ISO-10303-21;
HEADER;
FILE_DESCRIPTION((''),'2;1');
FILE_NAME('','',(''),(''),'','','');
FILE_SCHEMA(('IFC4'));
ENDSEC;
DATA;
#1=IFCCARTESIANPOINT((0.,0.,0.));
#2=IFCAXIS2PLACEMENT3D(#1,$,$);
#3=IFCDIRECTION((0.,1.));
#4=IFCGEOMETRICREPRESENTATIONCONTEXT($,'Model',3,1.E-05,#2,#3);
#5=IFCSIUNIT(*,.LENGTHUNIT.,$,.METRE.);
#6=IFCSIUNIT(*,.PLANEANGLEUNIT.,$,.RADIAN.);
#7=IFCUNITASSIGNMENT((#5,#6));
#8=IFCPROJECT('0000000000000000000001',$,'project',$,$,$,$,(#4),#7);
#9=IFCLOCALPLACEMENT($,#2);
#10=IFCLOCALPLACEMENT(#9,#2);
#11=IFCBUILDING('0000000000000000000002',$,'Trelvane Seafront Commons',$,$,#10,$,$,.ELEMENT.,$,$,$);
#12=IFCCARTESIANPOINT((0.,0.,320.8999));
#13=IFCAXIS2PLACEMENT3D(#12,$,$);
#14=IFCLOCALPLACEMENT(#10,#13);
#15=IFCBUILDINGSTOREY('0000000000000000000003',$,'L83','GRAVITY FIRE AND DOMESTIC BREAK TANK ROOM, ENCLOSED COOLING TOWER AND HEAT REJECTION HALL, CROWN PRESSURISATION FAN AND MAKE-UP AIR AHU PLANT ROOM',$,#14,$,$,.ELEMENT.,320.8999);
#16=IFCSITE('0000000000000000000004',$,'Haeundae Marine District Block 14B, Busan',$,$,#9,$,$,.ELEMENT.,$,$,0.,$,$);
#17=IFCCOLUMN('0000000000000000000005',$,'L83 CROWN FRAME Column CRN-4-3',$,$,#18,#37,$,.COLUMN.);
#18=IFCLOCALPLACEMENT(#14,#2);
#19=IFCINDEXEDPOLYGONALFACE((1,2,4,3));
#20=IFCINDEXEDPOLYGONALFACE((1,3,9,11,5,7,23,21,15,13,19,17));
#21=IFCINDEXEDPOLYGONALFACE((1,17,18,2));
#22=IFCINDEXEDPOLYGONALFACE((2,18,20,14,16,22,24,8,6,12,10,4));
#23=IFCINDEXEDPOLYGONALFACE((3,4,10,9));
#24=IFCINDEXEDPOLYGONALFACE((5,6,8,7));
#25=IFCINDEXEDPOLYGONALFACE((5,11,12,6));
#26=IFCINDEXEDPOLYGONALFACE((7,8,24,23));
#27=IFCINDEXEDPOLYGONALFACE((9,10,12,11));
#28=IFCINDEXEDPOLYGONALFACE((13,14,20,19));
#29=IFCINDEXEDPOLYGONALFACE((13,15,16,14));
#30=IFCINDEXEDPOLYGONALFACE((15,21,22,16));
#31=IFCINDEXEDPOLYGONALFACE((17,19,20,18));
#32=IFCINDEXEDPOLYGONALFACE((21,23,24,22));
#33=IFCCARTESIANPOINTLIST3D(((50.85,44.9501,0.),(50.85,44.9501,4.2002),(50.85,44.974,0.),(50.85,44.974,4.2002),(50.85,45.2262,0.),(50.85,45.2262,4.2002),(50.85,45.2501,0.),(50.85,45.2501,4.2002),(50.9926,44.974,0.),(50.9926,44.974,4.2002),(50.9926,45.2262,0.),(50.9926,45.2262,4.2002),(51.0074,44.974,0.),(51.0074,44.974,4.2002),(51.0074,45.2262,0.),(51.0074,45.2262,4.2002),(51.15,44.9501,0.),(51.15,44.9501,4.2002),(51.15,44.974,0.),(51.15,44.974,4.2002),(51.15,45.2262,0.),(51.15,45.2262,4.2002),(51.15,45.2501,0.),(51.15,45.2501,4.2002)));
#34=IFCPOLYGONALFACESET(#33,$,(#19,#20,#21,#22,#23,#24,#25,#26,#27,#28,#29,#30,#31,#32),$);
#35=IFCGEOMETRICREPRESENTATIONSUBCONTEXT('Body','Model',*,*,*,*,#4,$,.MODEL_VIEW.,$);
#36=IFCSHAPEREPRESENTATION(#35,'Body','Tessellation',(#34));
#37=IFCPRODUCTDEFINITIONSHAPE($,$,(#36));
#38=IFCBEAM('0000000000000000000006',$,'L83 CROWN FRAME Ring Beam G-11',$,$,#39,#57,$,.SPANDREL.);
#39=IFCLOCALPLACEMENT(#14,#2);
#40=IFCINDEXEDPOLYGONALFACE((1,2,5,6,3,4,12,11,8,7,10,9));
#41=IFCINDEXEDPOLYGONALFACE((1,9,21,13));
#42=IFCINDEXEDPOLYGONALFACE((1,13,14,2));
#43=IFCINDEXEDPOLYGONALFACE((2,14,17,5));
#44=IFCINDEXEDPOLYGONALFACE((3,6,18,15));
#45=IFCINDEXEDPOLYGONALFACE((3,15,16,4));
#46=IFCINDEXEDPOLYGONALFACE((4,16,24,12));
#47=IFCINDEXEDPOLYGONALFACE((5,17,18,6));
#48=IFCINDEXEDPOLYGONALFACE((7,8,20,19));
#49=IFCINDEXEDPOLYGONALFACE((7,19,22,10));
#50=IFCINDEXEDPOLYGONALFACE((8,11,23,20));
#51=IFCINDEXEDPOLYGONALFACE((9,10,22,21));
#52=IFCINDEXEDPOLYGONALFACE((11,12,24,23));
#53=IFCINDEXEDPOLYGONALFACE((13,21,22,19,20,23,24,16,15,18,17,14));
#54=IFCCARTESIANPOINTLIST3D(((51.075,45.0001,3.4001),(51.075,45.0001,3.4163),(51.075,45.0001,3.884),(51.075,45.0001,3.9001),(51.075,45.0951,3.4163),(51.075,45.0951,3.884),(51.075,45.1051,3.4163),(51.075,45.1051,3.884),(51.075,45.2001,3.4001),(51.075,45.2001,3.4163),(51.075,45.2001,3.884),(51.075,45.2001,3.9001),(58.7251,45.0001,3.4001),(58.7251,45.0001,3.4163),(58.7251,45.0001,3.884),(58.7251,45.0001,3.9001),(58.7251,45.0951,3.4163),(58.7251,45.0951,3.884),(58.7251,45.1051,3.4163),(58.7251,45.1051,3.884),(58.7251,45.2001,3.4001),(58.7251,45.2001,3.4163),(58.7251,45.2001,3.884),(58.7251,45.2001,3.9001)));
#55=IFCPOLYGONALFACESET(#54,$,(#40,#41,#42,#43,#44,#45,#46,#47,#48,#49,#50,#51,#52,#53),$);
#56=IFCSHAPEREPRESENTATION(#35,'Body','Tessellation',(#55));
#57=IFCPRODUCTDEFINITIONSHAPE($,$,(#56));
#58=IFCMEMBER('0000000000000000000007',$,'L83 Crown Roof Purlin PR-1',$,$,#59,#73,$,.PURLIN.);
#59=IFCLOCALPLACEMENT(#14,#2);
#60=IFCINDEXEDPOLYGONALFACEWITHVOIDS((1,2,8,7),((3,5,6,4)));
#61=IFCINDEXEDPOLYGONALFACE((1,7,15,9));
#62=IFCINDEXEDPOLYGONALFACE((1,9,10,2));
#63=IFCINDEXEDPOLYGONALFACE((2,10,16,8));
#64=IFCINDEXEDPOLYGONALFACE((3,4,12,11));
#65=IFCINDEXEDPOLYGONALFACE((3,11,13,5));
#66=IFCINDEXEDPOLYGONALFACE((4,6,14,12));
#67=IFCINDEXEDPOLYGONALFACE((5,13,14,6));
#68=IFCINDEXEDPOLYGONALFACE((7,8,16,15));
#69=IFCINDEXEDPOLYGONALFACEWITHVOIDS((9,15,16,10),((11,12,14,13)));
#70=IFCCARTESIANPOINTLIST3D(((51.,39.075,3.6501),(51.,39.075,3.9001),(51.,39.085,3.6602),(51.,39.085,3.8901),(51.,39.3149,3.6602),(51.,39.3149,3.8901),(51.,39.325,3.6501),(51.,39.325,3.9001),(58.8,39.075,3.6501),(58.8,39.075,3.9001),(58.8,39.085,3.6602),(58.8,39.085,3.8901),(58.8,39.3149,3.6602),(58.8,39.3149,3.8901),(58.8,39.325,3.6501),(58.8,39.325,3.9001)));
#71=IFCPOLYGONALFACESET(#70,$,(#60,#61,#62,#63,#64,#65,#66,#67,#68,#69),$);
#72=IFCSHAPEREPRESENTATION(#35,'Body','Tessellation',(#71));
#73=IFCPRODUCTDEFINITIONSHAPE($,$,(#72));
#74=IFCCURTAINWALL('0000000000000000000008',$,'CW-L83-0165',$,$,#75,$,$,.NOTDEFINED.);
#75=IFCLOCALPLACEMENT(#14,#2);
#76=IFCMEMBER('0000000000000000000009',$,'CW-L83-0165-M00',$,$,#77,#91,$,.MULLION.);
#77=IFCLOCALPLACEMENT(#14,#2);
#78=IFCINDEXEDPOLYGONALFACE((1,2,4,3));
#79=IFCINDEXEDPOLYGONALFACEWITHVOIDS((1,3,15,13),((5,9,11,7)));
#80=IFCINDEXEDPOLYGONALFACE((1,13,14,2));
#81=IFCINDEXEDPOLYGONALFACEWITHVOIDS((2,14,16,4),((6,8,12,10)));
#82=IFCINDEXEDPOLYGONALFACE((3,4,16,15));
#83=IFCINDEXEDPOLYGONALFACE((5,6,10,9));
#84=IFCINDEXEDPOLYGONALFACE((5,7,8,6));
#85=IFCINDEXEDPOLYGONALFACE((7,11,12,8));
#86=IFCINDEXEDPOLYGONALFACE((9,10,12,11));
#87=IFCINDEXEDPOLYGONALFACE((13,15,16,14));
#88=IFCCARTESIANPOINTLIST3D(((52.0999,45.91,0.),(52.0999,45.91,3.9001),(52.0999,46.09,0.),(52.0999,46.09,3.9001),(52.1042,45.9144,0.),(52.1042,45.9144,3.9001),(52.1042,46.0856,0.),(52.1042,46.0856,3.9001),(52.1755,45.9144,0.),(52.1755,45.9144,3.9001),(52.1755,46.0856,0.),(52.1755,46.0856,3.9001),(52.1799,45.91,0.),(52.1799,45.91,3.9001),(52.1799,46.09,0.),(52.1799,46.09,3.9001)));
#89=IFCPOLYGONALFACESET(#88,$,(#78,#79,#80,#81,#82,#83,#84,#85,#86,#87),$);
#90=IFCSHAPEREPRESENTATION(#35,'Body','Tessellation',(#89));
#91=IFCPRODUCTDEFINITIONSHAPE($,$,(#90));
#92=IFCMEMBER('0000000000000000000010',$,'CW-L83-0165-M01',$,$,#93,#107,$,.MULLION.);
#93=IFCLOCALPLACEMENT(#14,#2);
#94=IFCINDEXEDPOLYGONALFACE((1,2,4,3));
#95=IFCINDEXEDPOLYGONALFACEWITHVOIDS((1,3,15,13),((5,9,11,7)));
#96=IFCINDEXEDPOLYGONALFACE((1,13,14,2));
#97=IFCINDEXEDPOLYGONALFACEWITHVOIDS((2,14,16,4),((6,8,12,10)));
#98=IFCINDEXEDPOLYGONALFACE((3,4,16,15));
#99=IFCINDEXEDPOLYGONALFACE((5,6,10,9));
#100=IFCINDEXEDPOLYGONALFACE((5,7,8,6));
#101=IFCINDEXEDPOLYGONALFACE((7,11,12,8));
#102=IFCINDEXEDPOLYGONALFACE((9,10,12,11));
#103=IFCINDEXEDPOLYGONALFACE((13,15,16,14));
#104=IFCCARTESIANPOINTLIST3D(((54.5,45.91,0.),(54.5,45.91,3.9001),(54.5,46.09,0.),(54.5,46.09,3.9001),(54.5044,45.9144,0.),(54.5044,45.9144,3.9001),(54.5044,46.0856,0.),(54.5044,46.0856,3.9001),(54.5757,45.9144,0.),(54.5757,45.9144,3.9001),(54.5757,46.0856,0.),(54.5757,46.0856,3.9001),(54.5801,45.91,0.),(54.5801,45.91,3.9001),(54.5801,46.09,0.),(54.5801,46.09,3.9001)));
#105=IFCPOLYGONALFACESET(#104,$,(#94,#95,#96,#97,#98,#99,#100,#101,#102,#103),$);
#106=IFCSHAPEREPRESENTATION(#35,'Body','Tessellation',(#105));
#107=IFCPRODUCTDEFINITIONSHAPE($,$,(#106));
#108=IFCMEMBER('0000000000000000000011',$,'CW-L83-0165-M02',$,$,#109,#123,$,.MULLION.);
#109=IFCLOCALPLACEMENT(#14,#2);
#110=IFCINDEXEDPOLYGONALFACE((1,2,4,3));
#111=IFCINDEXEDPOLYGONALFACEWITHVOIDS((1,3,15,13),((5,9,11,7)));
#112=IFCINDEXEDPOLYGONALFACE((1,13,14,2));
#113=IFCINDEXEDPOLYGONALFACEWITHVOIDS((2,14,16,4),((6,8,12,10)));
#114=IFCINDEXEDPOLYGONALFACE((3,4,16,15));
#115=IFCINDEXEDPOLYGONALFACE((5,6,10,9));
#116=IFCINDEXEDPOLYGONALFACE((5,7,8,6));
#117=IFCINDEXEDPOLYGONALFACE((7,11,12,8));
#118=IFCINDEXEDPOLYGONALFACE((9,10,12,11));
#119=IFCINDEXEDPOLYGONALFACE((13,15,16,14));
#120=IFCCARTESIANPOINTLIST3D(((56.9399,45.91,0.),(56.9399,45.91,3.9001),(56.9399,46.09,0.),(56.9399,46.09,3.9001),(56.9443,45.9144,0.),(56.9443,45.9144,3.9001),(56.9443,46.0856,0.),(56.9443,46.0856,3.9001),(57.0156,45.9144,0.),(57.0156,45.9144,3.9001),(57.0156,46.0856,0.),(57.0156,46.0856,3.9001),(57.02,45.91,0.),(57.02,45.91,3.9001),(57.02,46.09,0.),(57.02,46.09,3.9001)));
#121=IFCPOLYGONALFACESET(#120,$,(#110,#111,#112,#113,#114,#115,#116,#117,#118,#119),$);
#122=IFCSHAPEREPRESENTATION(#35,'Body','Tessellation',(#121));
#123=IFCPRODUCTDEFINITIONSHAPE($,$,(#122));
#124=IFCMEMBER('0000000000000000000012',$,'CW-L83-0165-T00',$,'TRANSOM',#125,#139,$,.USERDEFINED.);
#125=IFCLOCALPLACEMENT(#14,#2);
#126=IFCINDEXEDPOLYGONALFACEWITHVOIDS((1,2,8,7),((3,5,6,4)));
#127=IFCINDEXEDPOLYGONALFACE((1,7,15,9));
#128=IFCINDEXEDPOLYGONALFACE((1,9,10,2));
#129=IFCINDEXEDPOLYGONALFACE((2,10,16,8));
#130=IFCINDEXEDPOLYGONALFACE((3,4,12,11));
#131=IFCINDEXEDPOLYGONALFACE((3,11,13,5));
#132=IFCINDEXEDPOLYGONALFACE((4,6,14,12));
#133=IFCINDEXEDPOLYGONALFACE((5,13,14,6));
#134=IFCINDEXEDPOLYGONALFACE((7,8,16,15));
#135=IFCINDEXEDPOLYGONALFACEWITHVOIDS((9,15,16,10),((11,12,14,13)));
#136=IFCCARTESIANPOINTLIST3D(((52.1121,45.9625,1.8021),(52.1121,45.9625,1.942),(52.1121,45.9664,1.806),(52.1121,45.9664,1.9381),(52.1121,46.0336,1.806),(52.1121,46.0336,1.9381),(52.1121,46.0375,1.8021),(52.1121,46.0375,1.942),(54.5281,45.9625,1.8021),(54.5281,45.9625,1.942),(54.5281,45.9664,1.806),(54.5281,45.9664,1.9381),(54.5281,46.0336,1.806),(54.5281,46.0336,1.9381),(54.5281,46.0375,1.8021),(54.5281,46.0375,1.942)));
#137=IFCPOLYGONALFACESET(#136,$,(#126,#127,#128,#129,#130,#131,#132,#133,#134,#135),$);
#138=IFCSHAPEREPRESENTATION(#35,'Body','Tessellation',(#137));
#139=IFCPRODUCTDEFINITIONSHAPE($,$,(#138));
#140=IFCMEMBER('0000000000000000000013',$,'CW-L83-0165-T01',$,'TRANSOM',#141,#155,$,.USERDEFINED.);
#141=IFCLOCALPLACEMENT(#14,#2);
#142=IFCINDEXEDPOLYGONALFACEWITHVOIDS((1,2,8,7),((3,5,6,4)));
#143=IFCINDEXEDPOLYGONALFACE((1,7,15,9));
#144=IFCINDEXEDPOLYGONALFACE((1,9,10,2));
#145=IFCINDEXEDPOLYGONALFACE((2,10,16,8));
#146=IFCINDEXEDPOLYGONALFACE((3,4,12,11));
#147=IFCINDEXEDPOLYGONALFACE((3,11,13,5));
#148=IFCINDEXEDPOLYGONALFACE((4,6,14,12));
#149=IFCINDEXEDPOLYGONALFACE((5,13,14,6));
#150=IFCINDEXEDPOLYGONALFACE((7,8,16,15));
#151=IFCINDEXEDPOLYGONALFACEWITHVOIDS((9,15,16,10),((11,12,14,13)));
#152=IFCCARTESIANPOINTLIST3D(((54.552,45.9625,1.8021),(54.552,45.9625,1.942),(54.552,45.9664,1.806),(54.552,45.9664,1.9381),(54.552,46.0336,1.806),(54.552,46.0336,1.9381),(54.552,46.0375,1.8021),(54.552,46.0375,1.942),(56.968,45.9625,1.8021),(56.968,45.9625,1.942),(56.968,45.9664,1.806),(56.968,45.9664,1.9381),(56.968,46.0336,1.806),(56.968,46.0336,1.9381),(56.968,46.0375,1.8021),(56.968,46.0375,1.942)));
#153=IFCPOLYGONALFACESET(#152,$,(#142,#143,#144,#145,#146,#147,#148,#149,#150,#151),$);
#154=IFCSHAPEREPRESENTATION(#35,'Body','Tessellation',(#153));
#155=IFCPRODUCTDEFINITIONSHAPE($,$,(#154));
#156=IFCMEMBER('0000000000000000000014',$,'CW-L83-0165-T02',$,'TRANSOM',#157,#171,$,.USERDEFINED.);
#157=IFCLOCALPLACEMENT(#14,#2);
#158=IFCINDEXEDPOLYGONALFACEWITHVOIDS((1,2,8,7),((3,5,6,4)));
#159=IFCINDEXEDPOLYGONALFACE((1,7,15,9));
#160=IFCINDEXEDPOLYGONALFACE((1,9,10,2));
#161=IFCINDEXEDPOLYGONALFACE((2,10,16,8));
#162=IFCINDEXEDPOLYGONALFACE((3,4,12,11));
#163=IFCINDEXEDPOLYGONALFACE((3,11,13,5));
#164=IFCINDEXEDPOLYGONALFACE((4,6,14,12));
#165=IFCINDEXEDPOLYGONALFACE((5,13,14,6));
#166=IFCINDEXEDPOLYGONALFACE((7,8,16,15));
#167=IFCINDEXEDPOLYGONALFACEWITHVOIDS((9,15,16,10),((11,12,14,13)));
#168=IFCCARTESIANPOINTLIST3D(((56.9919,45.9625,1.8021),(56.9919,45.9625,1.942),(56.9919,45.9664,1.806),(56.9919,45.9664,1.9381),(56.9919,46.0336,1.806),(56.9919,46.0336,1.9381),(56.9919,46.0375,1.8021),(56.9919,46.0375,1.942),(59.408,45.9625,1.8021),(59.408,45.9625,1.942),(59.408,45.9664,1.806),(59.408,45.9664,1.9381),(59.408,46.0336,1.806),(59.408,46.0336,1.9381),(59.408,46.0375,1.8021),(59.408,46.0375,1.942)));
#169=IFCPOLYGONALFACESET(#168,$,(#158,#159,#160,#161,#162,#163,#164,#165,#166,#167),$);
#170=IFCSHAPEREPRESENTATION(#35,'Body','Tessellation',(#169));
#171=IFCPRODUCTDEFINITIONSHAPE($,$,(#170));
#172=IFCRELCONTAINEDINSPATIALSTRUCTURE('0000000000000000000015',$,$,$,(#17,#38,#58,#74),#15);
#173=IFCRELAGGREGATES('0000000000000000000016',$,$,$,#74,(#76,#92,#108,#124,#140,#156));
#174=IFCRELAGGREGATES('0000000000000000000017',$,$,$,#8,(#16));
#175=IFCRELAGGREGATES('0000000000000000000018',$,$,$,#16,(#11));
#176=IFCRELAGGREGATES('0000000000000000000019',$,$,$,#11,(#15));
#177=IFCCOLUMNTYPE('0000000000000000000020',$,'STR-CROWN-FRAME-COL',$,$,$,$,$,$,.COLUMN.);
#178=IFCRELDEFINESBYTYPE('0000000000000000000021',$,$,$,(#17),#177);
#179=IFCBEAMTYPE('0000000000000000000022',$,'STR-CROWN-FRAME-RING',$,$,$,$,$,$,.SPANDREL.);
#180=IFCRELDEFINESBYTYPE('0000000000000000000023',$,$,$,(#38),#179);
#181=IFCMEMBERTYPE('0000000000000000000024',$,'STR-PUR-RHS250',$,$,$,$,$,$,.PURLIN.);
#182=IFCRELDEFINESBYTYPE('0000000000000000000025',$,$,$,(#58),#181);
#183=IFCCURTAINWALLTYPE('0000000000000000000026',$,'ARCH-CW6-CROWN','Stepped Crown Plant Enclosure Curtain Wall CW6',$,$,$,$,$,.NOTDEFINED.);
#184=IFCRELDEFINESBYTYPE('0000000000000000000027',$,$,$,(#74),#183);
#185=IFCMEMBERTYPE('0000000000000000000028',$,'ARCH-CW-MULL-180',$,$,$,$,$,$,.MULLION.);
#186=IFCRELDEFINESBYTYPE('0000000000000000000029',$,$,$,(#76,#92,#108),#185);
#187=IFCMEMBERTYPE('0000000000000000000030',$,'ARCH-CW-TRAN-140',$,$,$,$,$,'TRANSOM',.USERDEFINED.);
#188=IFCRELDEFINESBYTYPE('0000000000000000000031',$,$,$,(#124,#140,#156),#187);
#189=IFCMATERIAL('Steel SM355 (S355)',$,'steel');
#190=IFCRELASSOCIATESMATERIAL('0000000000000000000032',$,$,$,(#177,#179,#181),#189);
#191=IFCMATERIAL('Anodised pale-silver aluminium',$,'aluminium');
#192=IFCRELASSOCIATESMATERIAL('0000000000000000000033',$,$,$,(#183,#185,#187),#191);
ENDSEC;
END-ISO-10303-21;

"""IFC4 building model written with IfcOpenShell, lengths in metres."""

from ifc_helpers import new_model, si_unit, direction, frame, origin, origin_2d, place, context, subcontext, project, spatial, hollow_rectangle, i_section, extrude, source, transform, mapped, material, material_profile, profile_set, type_object, element, aggregate, save


model = new_model("IFC4")

# Units and contexts
model_context = context("Model", 3, precision=1e-05, world=origin(), true_north=direction((0.0, 1.0)))
body_context = subcontext(model_context, "Body", "Model", "MODEL_VIEW")
ifc_project = project(units=[si_unit("LENGTHUNIT", "METRE"), si_unit("PLANEANGLEUNIT", "RADIAN")], contexts=[model_context])

# Site, building, storey
site_placement = place(None, origin())
site = spatial("IfcSite", under=ifc_project, at=site_placement, Name="Haeundae Marine District Block 14B, Busan", CompositionType="ELEMENT", RefElevation=0.0)
building_placement = place(site_placement, origin())
building = spatial("IfcBuilding", under=site, at=building_placement, Name="Trelvane Seafront Commons", CompositionType="ELEMENT")
storey_placement = place(building_placement, frame((0.0, 0.0, 320.8999)))
storey = spatial("IfcBuildingStorey", under=building, at=storey_placement, Name="L83", Description="GRAVITY FIRE AND DOMESTIC BREAK TANK ROOM, ENCLOSED COOLING TOWER AND HEAT REJECTION HALL, CROWN PRESSURISATION FAN AND MAKE-UP AIR AHU PLANT ROOM", CompositionType="ELEMENT", Elevation=320.8999)

# Column
ifc_material_1 = material(Name="Steel SM355 (S355)", Category="steel")
ifc_material_profile_1 = material_profile(ifc_material_1, i_section(OverallWidth=0.3, OverallDepth=0.3, WebThickness=0.0149, FlangeThickness=0.0239, at=origin_2d()), Name="HD-300x300x15x24")
ifc_profile_set_1 = profile_set([ifc_material_profile_1], Name="Steel SM355 (S355)")
column_type = type_object("IfcColumnType", Name="STR-CROWN-FRAME-COL", PredefinedType="COLUMN", material=ifc_profile_set_1)
shared_shape_1 = source(origin(), body_context, "Body", "SweptSolid", [
    extrude(i_section(OverallWidth=0.3, OverallDepth=0.3, WebThickness=0.0149, FlangeThickness=0.0239, at=origin_2d()), origin(), (0.0, 0.0, 1.0), 4.2002),
])
column_placement = place(storey_placement, frame((51.0, 45.1001, 0.0), z_axis=(0.0, 0.0, 1.0), x_axis=(1.0, 0.0, 0.0)))
element("IfcColumn", 1, at=column_placement, inside=storey, type_object=column_type, Name="L83 CROWN FRAME Column CRN-4-3", PredefinedType="COLUMN", context=body_context, shape_type="MappedRepresentation", body=[
    mapped(shared_shape_1, transform((0.0, 0.0, 0.0), x_axis=(1.0, 0.0, 0.0), y_axis=(0.0, 1.0, 0.0), z_axis=(0.0, 0.0, 1.0), scale=1.0)),
])

# Beam
ifc_material_profile_2 = material_profile(ifc_material_1, i_section(OverallWidth=0.2, OverallDepth=0.5, WebThickness=0.01, FlangeThickness=0.0161, at=origin_2d()), Name="H-500x200x10x16")
ifc_profile_set_2 = profile_set([ifc_material_profile_2], Name="Steel SM355 (S355)")
beam_type = type_object("IfcBeamType", Name="STR-CROWN-FRAME-RING", PredefinedType="SPANDREL", material=ifc_profile_set_2)
shared_shape_2 = source(origin(), body_context, "Body", "SweptSolid", [
    extrude(i_section(OverallWidth=0.2, OverallDepth=0.5, WebThickness=0.01, FlangeThickness=0.0161, at=origin_2d()), origin(), (0.0, 0.0, 1.0), 7.6501),
])
beam_placement = place(storey_placement, frame((51.075, 45.1001, 3.6501), z_axis=(1.0, 0.0, 0.0), x_axis=(0.0, 1.0, 0.0)))
element("IfcBeam", 2, at=beam_placement, inside=storey, type_object=beam_type, Name="L83 CROWN FRAME Ring Beam G-11", PredefinedType="SPANDREL", context=body_context, shape_type="MappedRepresentation", body=[
    mapped(shared_shape_2, transform((0.0, 0.0, 0.0), x_axis=(1.0, 0.0, 0.0), y_axis=(0.0, 1.0, 0.0), z_axis=(0.0, 0.0, 1.0), scale=1.0)),
])

# Member
ifc_material_profile_3 = material_profile(ifc_material_1, hollow_rectangle(XDim=0.25, YDim=0.25, WallThickness=0.01, at=origin_2d()), Name="RHS-250x250x10")
ifc_profile_set_3 = profile_set([ifc_material_profile_3], Name="Steel SM355 (S355)")
member_type_1 = type_object("IfcMemberType", Name="STR-PUR-RHS250", PredefinedType="PURLIN", material=ifc_profile_set_3)
shared_shape_3 = source(origin(), body_context, "Body", "SweptSolid", [
    extrude(hollow_rectangle(XDim=0.25, YDim=0.25, WallThickness=0.01, at=origin_2d()), origin(), (0.0, 0.0, 1.0), 7.8),
])
member_1_placement = place(storey_placement, frame((51.0, 39.2, 3.7751), z_axis=(1.0, 0.0, 0.0), x_axis=(0.0, 1.0, 0.0)))
element("IfcMember", 3, at=member_1_placement, inside=storey, type_object=member_type_1, Name="L83 Crown Roof Purlin PR-1", PredefinedType="PURLIN", context=body_context, shape_type="MappedRepresentation", body=[
    mapped(shared_shape_3, transform((0.0, 0.0, 0.0), x_axis=(1.0, 0.0, 0.0), y_axis=(0.0, 1.0, 0.0), z_axis=(0.0, 0.0, 1.0), scale=1.0)),
])

# Curtain wall, members
ifc_material_2 = material(Name="Anodised pale-silver aluminium", Category="aluminium")
curtain_wall_type = type_object("IfcCurtainWallType", Name="ARCH-CW6-CROWN", Description="Stepped Crown Plant Enclosure Curtain Wall CW6", PredefinedType="NOTDEFINED", material=ifc_material_2)
curtain_wall_placement = place(storey_placement, origin())
curtain_wall = element("IfcCurtainWall", 4, at=curtain_wall_placement, inside=storey, type_object=curtain_wall_type, Name="CW-L83-0165", PredefinedType="NOTDEFINED")
ifc_material_profile_4 = material_profile(ifc_material_2, hollow_rectangle(XDim=0.0801, YDim=0.1799, WallThickness=0.0044, at=origin_2d()), Name="MULL-80x180x4.5")
ifc_profile_set_4 = profile_set([ifc_material_profile_4], Name="Anodised pale-silver aluminium")
member_type_2 = type_object("IfcMemberType", Name="ARCH-CW-MULL-180", PredefinedType="MULLION", material=ifc_profile_set_4)
shared_shape_4 = source(origin(), body_context, "Body", "SweptSolid", [
    extrude(hollow_rectangle(XDim=0.0801, YDim=0.1799, WallThickness=0.0044, at=origin_2d()), origin(), (0.0, 0.0, 1.0), 3.9001),
])
member_2_placement = place(storey_placement, frame((52.1399, 46.0, 0.0), z_axis=(0.0, 0.0, 1.0), x_axis=(1.0, 0.0, 0.0)))
member_2 = element("IfcMember", 5, at=member_2_placement, type_object=member_type_2, Name="CW-L83-0165-M00", PredefinedType="MULLION", context=body_context, shape_type="MappedRepresentation", body=[
    mapped(shared_shape_4, transform((0.0, 0.0, 0.0), x_axis=(1.0, 0.0, 0.0), y_axis=(0.0, 1.0, 0.0), z_axis=(0.0, 0.0, 1.0), scale=1.0)),
])
member_3_placement = place(storey_placement, frame((54.54, 46.0, 0.0), z_axis=(0.0, 0.0, 1.0), x_axis=(1.0, 0.0, 0.0)))
member_3 = element("IfcMember", 6, at=member_3_placement, type_object=member_type_2, Name="CW-L83-0165-M01", PredefinedType="MULLION", context=body_context, shape_type="MappedRepresentation", body=[
    mapped(shared_shape_4, transform((0.0, 0.0, 0.0), x_axis=(1.0, 0.0, 0.0), y_axis=(0.0, 1.0, 0.0), z_axis=(0.0, 0.0, 1.0), scale=1.0)),
])
member_4_placement = place(storey_placement, frame((56.98, 46.0, 0.0), z_axis=(0.0, 0.0, 1.0), x_axis=(1.0, 0.0, 0.0)))
member_4 = element("IfcMember", 7, at=member_4_placement, type_object=member_type_2, Name="CW-L83-0165-M02", PredefinedType="MULLION", context=body_context, shape_type="MappedRepresentation", body=[
    mapped(shared_shape_4, transform((0.0, 0.0, 0.0), x_axis=(1.0, 0.0, 0.0), y_axis=(0.0, 1.0, 0.0), z_axis=(0.0, 0.0, 1.0), scale=1.0)),
])
ifc_material_profile_5 = material_profile(ifc_material_2, hollow_rectangle(XDim=0.075, YDim=0.1399, WallThickness=0.0039, at=origin_2d()), Name="TRAN-75x140x4")
ifc_profile_set_5 = profile_set([ifc_material_profile_5], Name="Anodised pale-silver aluminium")
member_type_3 = type_object("IfcMemberType", Name="ARCH-CW-TRAN-140", ElementType="TRANSOM", PredefinedType="USERDEFINED", material=ifc_profile_set_5)
shared_shape_5 = source(origin(), body_context, "Body", "SweptSolid", [
    extrude(hollow_rectangle(XDim=0.075, YDim=0.1399, WallThickness=0.0039, at=origin_2d()), origin(), (0.0, 0.0, 1.0), 2.416),
])
member_5_placement = place(storey_placement, frame((52.1121, 46.0, 1.8721), z_axis=(1.0, 0.0, 0.0), x_axis=(0.0, 1.0, 0.0)))
member_5 = element("IfcMember", 8, at=member_5_placement, type_object=member_type_3, Name="CW-L83-0165-T00", ObjectType="TRANSOM", PredefinedType="USERDEFINED", context=body_context, shape_type="MappedRepresentation", body=[
    mapped(shared_shape_5, transform((0.0, 0.0, 0.0), x_axis=(1.0, 0.0, 0.0), y_axis=(0.0, 1.0, 0.0), z_axis=(0.0, 0.0, 1.0), scale=1.0)),
])
member_6_placement = place(storey_placement, frame((54.552, 46.0, 1.8721), z_axis=(1.0, 0.0, 0.0), x_axis=(0.0, 1.0, 0.0)))
member_6 = element("IfcMember", 9, at=member_6_placement, type_object=member_type_3, Name="CW-L83-0165-T01", ObjectType="TRANSOM", PredefinedType="USERDEFINED", context=body_context, shape_type="MappedRepresentation", body=[
    mapped(shared_shape_5, transform((0.0, 0.0, 0.0), x_axis=(1.0, 0.0, 0.0), y_axis=(0.0, 1.0, 0.0), z_axis=(0.0, 0.0, 1.0), scale=1.0)),
])
member_7_placement = place(storey_placement, frame((56.9919, 46.0, 1.8721), z_axis=(1.0, 0.0, 0.0), x_axis=(0.0, 1.0, 0.0)))
member_7 = element("IfcMember", 10, at=member_7_placement, type_object=member_type_3, Name="CW-L83-0165-T02", ObjectType="TRANSOM", PredefinedType="USERDEFINED", context=body_context, shape_type="MappedRepresentation", body=[
    mapped(shared_shape_5, transform((0.0, 0.0, 0.0), x_axis=(1.0, 0.0, 0.0), y_axis=(0.0, 1.0, 0.0), z_axis=(0.0, 0.0, 1.0), scale=1.0)),
])

aggregate(curtain_wall, [member_2, member_3, member_4, member_5, member_6, member_7])

save(model, "model.ifc")
